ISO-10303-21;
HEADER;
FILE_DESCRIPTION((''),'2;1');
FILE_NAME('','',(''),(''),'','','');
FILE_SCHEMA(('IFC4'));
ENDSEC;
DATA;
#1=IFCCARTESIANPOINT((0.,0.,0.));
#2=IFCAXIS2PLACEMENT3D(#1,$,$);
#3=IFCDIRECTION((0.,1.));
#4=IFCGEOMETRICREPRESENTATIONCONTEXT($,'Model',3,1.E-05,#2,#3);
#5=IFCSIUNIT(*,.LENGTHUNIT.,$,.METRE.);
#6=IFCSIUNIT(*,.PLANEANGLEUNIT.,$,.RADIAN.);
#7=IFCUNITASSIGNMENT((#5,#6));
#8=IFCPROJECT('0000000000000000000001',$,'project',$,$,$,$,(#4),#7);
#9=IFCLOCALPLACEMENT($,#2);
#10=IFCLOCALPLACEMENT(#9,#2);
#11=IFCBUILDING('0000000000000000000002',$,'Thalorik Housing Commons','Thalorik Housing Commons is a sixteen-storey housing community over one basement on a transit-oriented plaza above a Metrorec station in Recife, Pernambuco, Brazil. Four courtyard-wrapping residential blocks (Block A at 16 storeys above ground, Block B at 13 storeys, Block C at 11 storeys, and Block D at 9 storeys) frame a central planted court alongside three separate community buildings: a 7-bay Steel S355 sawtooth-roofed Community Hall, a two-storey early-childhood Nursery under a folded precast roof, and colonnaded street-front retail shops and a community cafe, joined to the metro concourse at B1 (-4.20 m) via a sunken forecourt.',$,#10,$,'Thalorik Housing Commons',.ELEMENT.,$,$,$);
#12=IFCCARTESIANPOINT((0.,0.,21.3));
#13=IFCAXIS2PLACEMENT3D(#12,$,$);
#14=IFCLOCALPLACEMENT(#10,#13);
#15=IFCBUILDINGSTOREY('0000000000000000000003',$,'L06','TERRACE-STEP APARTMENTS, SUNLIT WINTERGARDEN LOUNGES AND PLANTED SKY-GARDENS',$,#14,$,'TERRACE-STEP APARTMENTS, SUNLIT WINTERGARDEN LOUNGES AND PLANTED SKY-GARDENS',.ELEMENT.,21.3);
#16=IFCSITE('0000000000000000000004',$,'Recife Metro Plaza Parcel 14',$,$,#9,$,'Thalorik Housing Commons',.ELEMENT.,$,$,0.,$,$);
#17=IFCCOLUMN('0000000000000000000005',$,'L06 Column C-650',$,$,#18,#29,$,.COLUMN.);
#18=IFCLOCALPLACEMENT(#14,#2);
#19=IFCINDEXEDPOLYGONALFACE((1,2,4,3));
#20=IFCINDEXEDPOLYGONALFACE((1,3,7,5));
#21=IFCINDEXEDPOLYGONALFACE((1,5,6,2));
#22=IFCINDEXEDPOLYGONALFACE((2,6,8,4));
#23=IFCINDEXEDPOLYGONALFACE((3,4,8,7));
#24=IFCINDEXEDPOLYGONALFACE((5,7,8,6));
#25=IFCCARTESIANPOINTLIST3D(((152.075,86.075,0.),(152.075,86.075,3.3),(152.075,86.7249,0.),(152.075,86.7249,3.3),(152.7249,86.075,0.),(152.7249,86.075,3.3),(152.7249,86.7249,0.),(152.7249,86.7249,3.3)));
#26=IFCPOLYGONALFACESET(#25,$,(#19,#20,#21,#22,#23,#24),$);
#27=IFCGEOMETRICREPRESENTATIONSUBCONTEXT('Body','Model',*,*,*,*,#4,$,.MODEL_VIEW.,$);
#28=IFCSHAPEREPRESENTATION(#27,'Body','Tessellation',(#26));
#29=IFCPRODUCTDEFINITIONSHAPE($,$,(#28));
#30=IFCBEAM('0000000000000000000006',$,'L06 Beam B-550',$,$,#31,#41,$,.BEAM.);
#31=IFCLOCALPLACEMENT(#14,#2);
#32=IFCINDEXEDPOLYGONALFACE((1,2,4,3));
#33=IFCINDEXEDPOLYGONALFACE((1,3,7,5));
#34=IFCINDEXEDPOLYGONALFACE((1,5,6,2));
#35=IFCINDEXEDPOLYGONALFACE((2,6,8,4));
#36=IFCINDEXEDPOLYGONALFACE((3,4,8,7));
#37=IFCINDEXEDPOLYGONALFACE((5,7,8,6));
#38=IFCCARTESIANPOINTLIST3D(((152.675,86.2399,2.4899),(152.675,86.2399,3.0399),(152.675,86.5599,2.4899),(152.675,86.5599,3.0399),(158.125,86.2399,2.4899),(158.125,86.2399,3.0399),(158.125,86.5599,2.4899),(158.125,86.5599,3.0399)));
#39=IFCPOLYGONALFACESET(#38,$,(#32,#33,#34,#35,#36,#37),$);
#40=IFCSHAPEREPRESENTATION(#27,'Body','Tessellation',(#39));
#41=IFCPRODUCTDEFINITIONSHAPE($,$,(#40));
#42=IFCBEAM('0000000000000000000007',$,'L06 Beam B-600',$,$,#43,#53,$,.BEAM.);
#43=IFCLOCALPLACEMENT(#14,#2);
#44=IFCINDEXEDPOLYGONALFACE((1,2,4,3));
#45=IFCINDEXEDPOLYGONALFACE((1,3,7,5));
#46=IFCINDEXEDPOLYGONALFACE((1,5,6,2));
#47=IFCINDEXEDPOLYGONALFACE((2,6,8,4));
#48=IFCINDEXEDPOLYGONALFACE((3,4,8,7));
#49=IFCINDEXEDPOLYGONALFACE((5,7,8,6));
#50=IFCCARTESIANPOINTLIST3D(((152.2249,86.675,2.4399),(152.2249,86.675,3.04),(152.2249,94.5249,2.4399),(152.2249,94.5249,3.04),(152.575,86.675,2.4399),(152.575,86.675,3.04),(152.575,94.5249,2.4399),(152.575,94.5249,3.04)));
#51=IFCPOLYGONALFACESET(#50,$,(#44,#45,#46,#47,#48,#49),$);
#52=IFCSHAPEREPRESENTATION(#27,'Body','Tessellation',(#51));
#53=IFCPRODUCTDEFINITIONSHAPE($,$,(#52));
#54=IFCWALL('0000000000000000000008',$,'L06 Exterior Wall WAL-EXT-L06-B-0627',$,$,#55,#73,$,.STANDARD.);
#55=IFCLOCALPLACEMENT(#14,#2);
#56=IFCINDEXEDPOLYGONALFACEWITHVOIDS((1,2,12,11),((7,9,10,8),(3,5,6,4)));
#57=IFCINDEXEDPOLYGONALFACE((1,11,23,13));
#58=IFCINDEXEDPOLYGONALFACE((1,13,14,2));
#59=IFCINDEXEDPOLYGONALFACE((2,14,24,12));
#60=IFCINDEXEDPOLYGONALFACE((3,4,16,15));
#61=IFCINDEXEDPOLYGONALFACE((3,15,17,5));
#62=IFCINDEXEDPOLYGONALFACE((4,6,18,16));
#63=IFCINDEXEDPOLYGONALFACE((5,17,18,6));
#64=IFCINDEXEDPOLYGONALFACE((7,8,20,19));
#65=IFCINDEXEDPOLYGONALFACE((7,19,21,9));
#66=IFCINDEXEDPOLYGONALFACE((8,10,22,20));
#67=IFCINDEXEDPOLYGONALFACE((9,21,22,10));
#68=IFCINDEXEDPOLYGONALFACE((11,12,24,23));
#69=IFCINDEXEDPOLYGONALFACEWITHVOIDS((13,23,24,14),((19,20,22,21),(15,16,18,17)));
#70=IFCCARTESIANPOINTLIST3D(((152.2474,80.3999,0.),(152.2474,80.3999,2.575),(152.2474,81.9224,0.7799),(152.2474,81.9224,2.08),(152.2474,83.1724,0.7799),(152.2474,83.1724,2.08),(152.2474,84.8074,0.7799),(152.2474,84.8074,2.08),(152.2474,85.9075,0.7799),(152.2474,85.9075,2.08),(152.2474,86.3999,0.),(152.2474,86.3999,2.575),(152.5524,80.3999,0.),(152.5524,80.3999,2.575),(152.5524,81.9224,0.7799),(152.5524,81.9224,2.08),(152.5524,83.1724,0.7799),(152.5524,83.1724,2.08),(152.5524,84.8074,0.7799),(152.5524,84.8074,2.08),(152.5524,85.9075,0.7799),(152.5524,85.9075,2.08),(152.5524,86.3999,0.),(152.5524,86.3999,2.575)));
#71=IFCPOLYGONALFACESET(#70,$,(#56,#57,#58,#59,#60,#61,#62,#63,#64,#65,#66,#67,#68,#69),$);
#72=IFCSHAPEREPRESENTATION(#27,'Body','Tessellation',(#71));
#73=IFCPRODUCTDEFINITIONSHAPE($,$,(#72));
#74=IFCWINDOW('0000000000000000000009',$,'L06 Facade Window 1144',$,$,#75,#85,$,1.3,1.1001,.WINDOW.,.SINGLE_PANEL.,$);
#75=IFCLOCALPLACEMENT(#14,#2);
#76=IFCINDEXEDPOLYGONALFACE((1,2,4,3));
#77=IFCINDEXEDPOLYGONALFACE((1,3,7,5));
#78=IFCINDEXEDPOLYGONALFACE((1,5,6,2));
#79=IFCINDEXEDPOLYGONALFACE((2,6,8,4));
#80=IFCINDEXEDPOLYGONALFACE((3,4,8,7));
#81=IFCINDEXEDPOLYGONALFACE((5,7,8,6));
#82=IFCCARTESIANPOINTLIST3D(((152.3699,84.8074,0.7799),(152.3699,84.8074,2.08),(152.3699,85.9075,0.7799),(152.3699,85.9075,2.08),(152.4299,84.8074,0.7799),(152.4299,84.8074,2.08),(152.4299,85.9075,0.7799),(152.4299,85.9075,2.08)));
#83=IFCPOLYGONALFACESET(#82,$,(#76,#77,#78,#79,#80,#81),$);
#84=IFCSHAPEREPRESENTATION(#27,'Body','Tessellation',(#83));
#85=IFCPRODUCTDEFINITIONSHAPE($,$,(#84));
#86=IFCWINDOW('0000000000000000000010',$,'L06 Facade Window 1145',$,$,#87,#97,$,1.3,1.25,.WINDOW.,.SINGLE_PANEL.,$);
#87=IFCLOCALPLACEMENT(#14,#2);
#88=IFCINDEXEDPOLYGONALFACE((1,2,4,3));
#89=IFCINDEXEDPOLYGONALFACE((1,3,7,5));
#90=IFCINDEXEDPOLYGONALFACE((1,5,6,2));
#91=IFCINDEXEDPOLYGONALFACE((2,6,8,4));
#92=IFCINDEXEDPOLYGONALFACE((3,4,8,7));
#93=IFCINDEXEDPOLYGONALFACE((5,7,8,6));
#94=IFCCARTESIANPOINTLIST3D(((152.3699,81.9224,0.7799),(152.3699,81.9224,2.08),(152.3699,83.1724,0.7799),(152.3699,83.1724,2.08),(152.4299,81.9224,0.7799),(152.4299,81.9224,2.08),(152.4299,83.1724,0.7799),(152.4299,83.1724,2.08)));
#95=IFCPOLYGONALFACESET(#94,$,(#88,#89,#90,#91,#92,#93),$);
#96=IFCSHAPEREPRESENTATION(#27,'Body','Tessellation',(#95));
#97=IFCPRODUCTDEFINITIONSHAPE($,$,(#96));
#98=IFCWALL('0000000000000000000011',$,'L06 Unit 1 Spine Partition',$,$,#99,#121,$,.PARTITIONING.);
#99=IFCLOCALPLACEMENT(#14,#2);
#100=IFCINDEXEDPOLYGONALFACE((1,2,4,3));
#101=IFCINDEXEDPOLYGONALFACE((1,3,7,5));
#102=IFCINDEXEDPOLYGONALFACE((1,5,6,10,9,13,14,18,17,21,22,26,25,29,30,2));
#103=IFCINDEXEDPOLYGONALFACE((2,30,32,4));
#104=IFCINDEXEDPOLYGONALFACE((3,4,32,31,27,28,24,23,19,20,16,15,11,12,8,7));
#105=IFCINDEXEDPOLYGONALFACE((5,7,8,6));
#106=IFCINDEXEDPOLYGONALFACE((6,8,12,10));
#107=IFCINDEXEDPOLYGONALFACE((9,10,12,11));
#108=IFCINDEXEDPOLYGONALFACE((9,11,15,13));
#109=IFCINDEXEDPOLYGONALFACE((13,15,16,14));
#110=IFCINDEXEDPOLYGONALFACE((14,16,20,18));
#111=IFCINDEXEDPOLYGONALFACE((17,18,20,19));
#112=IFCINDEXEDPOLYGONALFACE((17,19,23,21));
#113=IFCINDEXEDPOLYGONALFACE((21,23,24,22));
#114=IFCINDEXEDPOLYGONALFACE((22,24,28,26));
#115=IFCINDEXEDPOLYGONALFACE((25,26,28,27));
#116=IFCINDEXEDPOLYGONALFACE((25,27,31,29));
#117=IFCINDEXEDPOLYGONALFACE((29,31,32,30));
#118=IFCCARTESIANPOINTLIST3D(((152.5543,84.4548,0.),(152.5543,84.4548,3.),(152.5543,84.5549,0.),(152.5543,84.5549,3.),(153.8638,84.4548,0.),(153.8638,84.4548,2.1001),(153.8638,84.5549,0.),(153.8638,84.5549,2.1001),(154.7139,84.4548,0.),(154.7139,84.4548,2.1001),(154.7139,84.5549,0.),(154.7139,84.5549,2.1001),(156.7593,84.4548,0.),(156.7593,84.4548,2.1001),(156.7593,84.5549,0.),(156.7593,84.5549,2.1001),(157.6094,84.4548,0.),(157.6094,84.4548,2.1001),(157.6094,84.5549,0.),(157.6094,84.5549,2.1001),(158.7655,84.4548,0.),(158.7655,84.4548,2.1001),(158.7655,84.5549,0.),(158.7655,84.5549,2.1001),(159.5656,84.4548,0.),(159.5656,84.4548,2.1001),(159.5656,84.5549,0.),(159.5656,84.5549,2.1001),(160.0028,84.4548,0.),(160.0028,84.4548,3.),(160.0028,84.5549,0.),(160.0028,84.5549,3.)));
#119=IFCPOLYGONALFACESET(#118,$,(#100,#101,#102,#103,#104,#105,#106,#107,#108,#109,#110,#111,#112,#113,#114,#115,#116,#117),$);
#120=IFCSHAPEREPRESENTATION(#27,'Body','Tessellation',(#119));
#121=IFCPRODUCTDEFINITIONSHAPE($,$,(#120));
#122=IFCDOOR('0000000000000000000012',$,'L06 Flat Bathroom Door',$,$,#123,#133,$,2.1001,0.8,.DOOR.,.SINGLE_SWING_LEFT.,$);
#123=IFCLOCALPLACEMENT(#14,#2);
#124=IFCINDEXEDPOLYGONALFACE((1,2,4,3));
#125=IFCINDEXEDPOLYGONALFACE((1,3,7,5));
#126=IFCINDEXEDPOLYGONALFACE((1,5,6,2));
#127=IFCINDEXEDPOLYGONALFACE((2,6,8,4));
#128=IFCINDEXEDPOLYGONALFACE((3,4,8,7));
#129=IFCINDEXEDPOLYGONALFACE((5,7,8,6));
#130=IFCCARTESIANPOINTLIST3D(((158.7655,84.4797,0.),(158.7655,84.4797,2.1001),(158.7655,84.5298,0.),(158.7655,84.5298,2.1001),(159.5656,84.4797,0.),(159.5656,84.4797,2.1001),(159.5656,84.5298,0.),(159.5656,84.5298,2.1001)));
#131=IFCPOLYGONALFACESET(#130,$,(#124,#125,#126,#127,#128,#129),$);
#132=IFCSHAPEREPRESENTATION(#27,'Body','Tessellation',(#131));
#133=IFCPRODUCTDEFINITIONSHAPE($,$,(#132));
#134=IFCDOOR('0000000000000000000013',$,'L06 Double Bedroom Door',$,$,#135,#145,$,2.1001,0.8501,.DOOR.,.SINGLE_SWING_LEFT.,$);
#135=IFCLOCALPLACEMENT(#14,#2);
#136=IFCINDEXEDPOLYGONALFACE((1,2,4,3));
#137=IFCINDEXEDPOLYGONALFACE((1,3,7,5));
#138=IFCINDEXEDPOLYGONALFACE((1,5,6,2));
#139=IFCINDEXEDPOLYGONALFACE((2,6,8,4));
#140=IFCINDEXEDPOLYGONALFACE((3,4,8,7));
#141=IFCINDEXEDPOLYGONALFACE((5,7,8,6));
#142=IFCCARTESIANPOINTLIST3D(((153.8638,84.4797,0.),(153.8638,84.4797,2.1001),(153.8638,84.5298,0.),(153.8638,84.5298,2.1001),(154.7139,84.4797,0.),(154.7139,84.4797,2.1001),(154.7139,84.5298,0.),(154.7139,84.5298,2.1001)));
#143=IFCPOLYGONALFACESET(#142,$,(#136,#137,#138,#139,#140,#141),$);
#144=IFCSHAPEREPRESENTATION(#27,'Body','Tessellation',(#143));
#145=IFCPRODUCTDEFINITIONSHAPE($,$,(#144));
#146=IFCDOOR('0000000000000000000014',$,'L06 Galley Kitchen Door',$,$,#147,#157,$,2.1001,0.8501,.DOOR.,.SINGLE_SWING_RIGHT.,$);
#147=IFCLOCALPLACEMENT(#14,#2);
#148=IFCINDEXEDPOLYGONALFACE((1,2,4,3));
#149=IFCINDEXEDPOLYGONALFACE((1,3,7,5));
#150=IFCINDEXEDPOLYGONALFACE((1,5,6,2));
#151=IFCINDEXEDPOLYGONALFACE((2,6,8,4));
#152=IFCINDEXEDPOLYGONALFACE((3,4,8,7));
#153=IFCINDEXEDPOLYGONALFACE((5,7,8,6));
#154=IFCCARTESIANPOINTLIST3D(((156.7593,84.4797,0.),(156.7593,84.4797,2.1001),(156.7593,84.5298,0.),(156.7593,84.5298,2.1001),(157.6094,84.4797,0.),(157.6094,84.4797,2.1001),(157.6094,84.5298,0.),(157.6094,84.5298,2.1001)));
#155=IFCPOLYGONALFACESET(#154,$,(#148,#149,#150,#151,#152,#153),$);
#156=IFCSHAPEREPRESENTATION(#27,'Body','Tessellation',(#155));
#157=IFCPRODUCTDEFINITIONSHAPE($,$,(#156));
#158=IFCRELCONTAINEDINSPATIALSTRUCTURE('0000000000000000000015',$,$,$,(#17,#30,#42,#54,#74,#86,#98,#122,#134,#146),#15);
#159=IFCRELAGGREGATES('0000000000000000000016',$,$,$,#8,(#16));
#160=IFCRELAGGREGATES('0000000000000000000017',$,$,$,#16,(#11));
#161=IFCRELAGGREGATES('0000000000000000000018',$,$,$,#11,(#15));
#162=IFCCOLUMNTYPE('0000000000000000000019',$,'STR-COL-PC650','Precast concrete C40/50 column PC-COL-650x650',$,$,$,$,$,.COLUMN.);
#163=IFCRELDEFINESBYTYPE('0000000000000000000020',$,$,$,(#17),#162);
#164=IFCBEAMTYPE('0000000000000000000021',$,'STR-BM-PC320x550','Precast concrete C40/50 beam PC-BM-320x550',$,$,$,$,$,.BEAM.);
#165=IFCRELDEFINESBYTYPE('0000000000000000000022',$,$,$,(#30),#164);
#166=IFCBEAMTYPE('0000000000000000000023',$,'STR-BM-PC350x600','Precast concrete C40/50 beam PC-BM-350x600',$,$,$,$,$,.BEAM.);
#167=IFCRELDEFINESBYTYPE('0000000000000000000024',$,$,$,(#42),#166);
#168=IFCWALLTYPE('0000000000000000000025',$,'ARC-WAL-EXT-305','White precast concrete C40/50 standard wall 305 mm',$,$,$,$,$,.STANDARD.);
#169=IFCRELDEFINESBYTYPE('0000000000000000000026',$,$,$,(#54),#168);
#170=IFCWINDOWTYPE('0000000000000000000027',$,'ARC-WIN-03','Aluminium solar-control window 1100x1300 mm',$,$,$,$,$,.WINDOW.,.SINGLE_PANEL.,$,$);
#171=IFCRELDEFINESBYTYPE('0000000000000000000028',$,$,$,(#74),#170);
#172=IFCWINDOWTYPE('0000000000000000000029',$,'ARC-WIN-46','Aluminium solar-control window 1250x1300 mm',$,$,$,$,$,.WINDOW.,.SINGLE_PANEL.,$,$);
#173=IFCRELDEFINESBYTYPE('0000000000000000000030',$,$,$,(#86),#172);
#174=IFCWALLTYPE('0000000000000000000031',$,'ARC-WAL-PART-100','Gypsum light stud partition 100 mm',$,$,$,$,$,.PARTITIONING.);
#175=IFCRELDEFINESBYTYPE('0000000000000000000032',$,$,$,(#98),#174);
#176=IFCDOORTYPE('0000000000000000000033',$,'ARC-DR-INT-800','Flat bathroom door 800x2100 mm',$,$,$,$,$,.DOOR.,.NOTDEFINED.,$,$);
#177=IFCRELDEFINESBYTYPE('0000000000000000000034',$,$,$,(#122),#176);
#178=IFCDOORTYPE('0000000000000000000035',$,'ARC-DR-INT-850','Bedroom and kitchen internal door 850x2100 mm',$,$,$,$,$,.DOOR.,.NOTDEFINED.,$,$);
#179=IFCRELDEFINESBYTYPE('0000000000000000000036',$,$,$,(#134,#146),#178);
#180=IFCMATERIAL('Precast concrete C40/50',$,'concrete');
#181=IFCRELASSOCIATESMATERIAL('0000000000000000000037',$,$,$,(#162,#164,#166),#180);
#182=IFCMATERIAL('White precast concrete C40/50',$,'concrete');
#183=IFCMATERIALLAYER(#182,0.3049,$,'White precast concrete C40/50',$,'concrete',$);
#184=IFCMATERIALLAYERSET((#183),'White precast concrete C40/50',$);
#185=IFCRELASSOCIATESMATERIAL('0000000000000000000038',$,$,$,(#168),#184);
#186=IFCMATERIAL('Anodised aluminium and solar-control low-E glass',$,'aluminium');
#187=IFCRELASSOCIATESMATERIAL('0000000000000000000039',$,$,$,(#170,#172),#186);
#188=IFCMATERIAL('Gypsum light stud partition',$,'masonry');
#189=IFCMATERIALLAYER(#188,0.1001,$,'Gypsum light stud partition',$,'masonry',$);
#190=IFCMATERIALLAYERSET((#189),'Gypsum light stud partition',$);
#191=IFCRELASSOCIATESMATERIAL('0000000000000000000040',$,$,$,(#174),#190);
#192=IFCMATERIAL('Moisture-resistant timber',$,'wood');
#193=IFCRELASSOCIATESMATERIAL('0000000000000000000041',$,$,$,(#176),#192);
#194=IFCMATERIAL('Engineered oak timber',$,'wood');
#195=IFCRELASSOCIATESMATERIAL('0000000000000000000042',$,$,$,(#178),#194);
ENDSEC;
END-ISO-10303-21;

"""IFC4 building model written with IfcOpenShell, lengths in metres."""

from ifc_helpers import new_model, si_unit, direction, frame, frame_2d, origin, origin_2d, place, context, subcontext, project, spatial, rectangle, extrude, material, layer, layer_set, material_profile, profile_set, type_object, element, fill, save


model = new_model("IFC4")

# Units and contexts
model_context = context("Model", 3, precision=1e-05, world=origin(), true_north=direction((0.0, 1.0)))
body_context = subcontext(model_context, "Body", "Model", "MODEL_VIEW")
ifc_project = project(units=[si_unit("LENGTHUNIT", "METRE"), si_unit("PLANEANGLEUNIT", "RADIAN")], contexts=[model_context])

# Site, building, storey
site_placement = place(None, origin())
site = spatial("IfcSite", under=ifc_project, at=site_placement, Name="Recife Metro Plaza Parcel 14", LongName="Thalorik Housing Commons", CompositionType="ELEMENT", RefElevation=0.0)
building_placement = place(site_placement, origin())
building = spatial("IfcBuilding", under=site, at=building_placement, Name="Thalorik Housing Commons", Description="Thalorik Housing Commons is a sixteen-storey housing community over one basement on a transit-oriented plaza above a Metrorec station in Recife, Pernambuco, Brazil. Four courtyard-wrapping residential blocks (Block A at 16 storeys above ground, Block B at 13 storeys, Block C at 11 storeys, and Block D at 9 storeys) frame a central planted court alongside three separate community buildings: a 7-bay Steel S355 sawtooth-roofed Community Hall, a two-storey early-childhood Nursery under a folded precast roof, and colonnaded street-front retail shops and a community cafe, joined to the metro concourse at B1 (-4.20 m) via a sunken forecourt.", LongName="Thalorik Housing Commons", CompositionType="ELEMENT")
storey_placement = place(building_placement, frame((0.0, 0.0, 21.3)))
storey = spatial("IfcBuildingStorey", under=building, at=storey_placement, Name="L06", Description="TERRACE-STEP APARTMENTS, SUNLIT WINTERGARDEN LOUNGES AND PLANTED SKY-GARDENS", LongName="TERRACE-STEP APARTMENTS, SUNLIT WINTERGARDEN LOUNGES AND PLANTED SKY-GARDENS", CompositionType="ELEMENT", Elevation=21.3)

# Column
ifc_material_1 = material(Name="Precast concrete C40/50", Category="concrete")
ifc_material_profile_1 = material_profile(ifc_material_1, rectangle(XDim=0.6499, YDim=0.6499, at=origin_2d()), Name="PC 650x650", Category="concrete")
ifc_profile_set_1 = profile_set([ifc_material_profile_1], Name="Precast concrete C40/50")
column_type = type_object("IfcColumnType", Name="STR-COL-PC650", Description="Precast concrete C40/50 column PC-COL-650x650", PredefinedType="COLUMN", material=ifc_profile_set_1)
column_placement = place(storey_placement, frame((152.3999, 86.3999, 0.0), z_axis=(0.0, 0.0, 1.0), x_axis=(1.0, 0.0, 0.0)))
element("IfcColumn", 1, at=column_placement, inside=storey, type_object=column_type, Name="L06 Column C-650", PredefinedType="COLUMN", context=body_context, shape_type="SweptSolid", body=[
    extrude(rectangle(XDim=0.6499, YDim=0.6499, at=origin_2d()), origin(), (0.0, 0.0, 1.0), 3.3),
])

# Beams
ifc_material_profile_2 = material_profile(ifc_material_1, rectangle(XDim=0.3201, YDim=0.55, at=origin_2d()), Name="PC 320x550", Category="concrete")
ifc_profile_set_2 = profile_set([ifc_material_profile_2], Name="Precast concrete C40/50")
beam_type_1 = type_object("IfcBeamType", Name="STR-BM-PC320x550", Description="Precast concrete C40/50 beam PC-BM-320x550", PredefinedType="BEAM", material=ifc_profile_set_2)
beam_1_placement = place(storey_placement, frame((152.675, 86.3999, 2.7649), z_axis=(1.0, 0.0, 0.0), x_axis=(0.0, 1.0, 0.0)))
element("IfcBeam", 2, at=beam_1_placement, inside=storey, type_object=beam_type_1, Name="L06 Beam B-550", PredefinedType="BEAM", context=body_context, shape_type="SweptSolid", body=[
    extrude(rectangle(XDim=0.3201, YDim=0.55, at=origin_2d()), origin(), (0.0, 0.0, 1.0), 5.45),
])
ifc_material_profile_3 = material_profile(ifc_material_1, rectangle(XDim=0.3501, YDim=0.6001, at=origin_2d()), Name="PC 350x600", Category="concrete")
ifc_profile_set_3 = profile_set([ifc_material_profile_3], Name="Precast concrete C40/50")
beam_type_2 = type_object("IfcBeamType", Name="STR-BM-PC350x600", Description="Precast concrete C40/50 beam PC-BM-350x600", PredefinedType="BEAM", material=ifc_profile_set_3)
beam_2_placement = place(storey_placement, frame((152.3999, 86.675, 2.74), z_axis=(0.0, 1.0, 0.0), x_axis=(-1.0, 0.0, 0.0)))
element("IfcBeam", 3, at=beam_2_placement, inside=storey, type_object=beam_type_2, Name="L06 Beam B-600", PredefinedType="BEAM", context=body_context, shape_type="SweptSolid", body=[
    extrude(rectangle(XDim=0.3501, YDim=0.6001, at=origin_2d()), origin(), (0.0, 0.0, 1.0), 7.8499),
])

# Wall, openings, windows
ifc_material_2 = material(Name="White precast concrete C40/50", Category="concrete")
ifc_layer_1 = layer(ifc_material_2, 0.3049, Name="White precast concrete C40/50", Category="concrete")
ifc_layer_set_1 = layer_set([ifc_layer_1], Name="White precast concrete C40/50")
wall_type_1 = type_object("IfcWallType", Name="ARC-WAL-EXT-305", Description="White precast concrete C40/50 standard wall 305 mm", PredefinedType="STANDARD", material=ifc_layer_set_1)
wall_1_placement = place(storey_placement, frame((152.3999, 86.3999, 0.0), z_axis=(0.0, 0.0, 1.0), x_axis=(0.0, -1.0, 0.0)))
wall_1 = element("IfcWall", 4, at=wall_1_placement, inside=storey, type_object=wall_type_1, Name="L06 Exterior Wall WAL-EXT-L06-B-0627", PredefinedType="STANDARD", context=body_context, shape_type="SweptSolid", body=[
    extrude(rectangle(XDim=6.0, YDim=0.3049, at=frame_2d((3.0, 0.0))), origin(), (0.0, 0.0, 1.0), 2.575),
])
opening_1_placement = place(wall_1_placement, frame((0.4924, 0.0, 0.78)))
opening_1 = element("IfcOpeningElement", 5, at=opening_1_placement, cuts=wall_1, PredefinedType="OPENING", context=body_context, shape_type="SweptSolid", body=[
    extrude(rectangle(XDim=1.1001, YDim=1.3, at=frame_2d((0.55, 0.6499))), frame((0.0, 0.1626, 0.0), z_axis=(0.0, -1.0, 0.0), x_axis=(1.0, 0.0, 0.0)), (0.0, 0.0, 1.0), 0.325),
])
opening_2_placement = place(wall_1_placement, frame((3.2275, 0.0, 0.78)))
opening_2 = element("IfcOpeningElement", 6, at=opening_2_placement, cuts=wall_1, PredefinedType="OPENING", context=body_context, shape_type="SweptSolid", body=[
    extrude(rectangle(XDim=1.25, YDim=1.3, at=frame_2d((0.625, 0.6499))), frame((0.0, 0.1626, 0.0), z_axis=(0.0, -1.0, 0.0), x_axis=(1.0, 0.0, 0.0)), (0.0, 0.0, 1.0), 0.325),
])
ifc_material_3 = material(Name="Anodised aluminium and solar-control low-E glass", Category="aluminium")
window_type_1 = type_object("IfcWindowType", Name="ARC-WIN-03", Description="Aluminium solar-control window 1100x1300 mm", PartitioningType="SINGLE_PANEL", PredefinedType="WINDOW", material=ifc_material_3)
window_1_placement = place(opening_1_placement, origin())
window_1 = element("IfcWindow", 7, at=window_1_placement, inside=storey, type_object=window_type_1, Name="L06 Facade Window 1144", OverallHeight=1.3, OverallWidth=1.1001, PartitioningType="SINGLE_PANEL", PredefinedType="WINDOW", context=body_context, shape_type="SweptSolid", body=[
    extrude(rectangle(XDim=1.1001, YDim=1.3, at=frame_2d((0.55, 0.6499))), frame((0.0, 0.03, 0.0), z_axis=(0.0, -1.0, 0.0), x_axis=(1.0, 0.0, 0.0)), (0.0, 0.0, 1.0), 0.0601),
])
fill(opening_1, window_1)
window_type_2 = type_object("IfcWindowType", Name="ARC-WIN-46", Description="Aluminium solar-control window 1250x1300 mm", PartitioningType="SINGLE_PANEL", PredefinedType="WINDOW", material=ifc_material_3)
window_2_placement = place(opening_2_placement, origin())
window_2 = element("IfcWindow", 8, at=window_2_placement, inside=storey, type_object=window_type_2, Name="L06 Facade Window 1145", OverallHeight=1.3, OverallWidth=1.25, PartitioningType="SINGLE_PANEL", PredefinedType="WINDOW", context=body_context, shape_type="SweptSolid", body=[
    extrude(rectangle(XDim=1.25, YDim=1.3, at=frame_2d((0.625, 0.6499))), frame((0.0, 0.03, 0.0), z_axis=(0.0, -1.0, 0.0), x_axis=(1.0, 0.0, 0.0)), (0.0, 0.0, 1.0), 0.0601),
])
fill(opening_2, window_2)

# Wall, openings, doors
ifc_material_4 = material(Name="Gypsum light stud partition", Category="masonry")
ifc_layer_2 = layer(ifc_material_4, 0.1001, Name="Gypsum light stud partition", Category="masonry")
ifc_layer_set_2 = layer_set([ifc_layer_2], Name="Gypsum light stud partition")
wall_type_2 = type_object("IfcWallType", Name="ARC-WAL-PART-100", Description="Gypsum light stud partition 100 mm", PredefinedType="PARTITIONING", material=ifc_layer_set_2)
wall_2_placement = place(storey_placement, frame((152.5544, 84.5049, 0.0), z_axis=(0.0, 0.0, 1.0), x_axis=(1.0, 0.0, 0.0)))
wall_2 = element("IfcWall", 9, at=wall_2_placement, inside=storey, type_object=wall_type_2, Name="L06 Unit 1 Spine Partition", PredefinedType="PARTITIONING", context=body_context, shape_type="SweptSolid", body=[
    extrude(rectangle(XDim=7.4485, YDim=0.1001, at=frame_2d((3.7241, 0.0))), origin(), (0.0, 0.0, 1.0), 3.0),
])
opening_3_placement = place(wall_2_placement, frame((1.3093, 0.0, 0.0)))
opening_3 = element("IfcOpeningElement", 10, at=opening_3_placement, cuts=wall_2, PredefinedType="OPENING", context=body_context, shape_type="SweptSolid", body=[
    extrude(rectangle(XDim=0.8501, YDim=2.1001, at=frame_2d((0.425, 1.05))), frame((0.0, 0.0601, 0.0), z_axis=(0.0, -1.0, 0.0), x_axis=(1.0, 0.0, 0.0)), (0.0, 0.0, 1.0), 0.1201),
])
opening_4_placement = place(wall_2_placement, frame((4.2048, 0.0, 0.0)))
opening_4 = element("IfcOpeningElement", 11, at=opening_4_placement, cuts=wall_2, PredefinedType="OPENING", context=body_context, shape_type="SweptSolid", body=[
    extrude(rectangle(XDim=0.8501, YDim=2.1001, at=frame_2d((0.425, 1.05))), frame((0.0, 0.0601, 0.0), z_axis=(0.0, -1.0, 0.0), x_axis=(1.0, 0.0, 0.0)), (0.0, 0.0, 1.0), 0.1201),
])
opening_5_placement = place(wall_2_placement, frame((6.2112, 0.0, 0.0)))
opening_5 = element("IfcOpeningElement", 12, at=opening_5_placement, cuts=wall_2, PredefinedType="OPENING", context=body_context, shape_type="SweptSolid", body=[
    extrude(rectangle(XDim=0.8, YDim=2.1001, at=frame_2d((0.3999, 1.05))), frame((0.0, 0.0601, 0.0), z_axis=(0.0, -1.0, 0.0), x_axis=(1.0, 0.0, 0.0)), (0.0, 0.0, 1.0), 0.1201),
])
ifc_material_5 = material(Name="Moisture-resistant timber", Category="wood")
door_type_1 = type_object("IfcDoorType", Name="ARC-DR-INT-800", Description="Flat bathroom door 800x2100 mm", OperationType="NOTDEFINED", PredefinedType="DOOR", material=ifc_material_5)
door_1_placement = place(opening_5_placement, origin())
door_1 = element("IfcDoor", 13, at=door_1_placement, inside=storey, type_object=door_type_1, Name="L06 Flat Bathroom Door", OperationType="SINGLE_SWING_LEFT", OverallHeight=2.1001, OverallWidth=0.8, PredefinedType="DOOR", context=body_context, shape_type="SweptSolid", body=[
    extrude(rectangle(XDim=0.8, YDim=2.1001, at=frame_2d((0.3999, 1.05))), frame((0.0, 0.0249, 0.0), z_axis=(0.0, -1.0, 0.0), x_axis=(1.0, 0.0, 0.0)), (0.0, 0.0, 1.0), 0.05),
])
fill(opening_5, door_1)
ifc_material_6 = material(Name="Engineered oak timber", Category="wood")
door_type_2 = type_object("IfcDoorType", Name="ARC-DR-INT-850", Description="Bedroom and kitchen internal door 850x2100 mm", OperationType="NOTDEFINED", PredefinedType="DOOR", material=ifc_material_6)
door_2_placement = place(opening_3_placement, origin())
door_2 = element("IfcDoor", 14, at=door_2_placement, inside=storey, type_object=door_type_2, Name="L06 Double Bedroom Door", OperationType="SINGLE_SWING_LEFT", OverallHeight=2.1001, OverallWidth=0.8501, PredefinedType="DOOR", context=body_context, shape_type="SweptSolid", body=[
    extrude(rectangle(XDim=0.8501, YDim=2.1001, at=frame_2d((0.425, 1.05))), frame((0.0, 0.0249, 0.0), z_axis=(0.0, -1.0, 0.0), x_axis=(1.0, 0.0, 0.0)), (0.0, 0.0, 1.0), 0.05),
])
fill(opening_3, door_2)
door_3_placement = place(opening_4_placement, origin())
door_3 = element("IfcDoor", 15, at=door_3_placement, inside=storey, type_object=door_type_2, Name="L06 Galley Kitchen Door", OperationType="SINGLE_SWING_RIGHT", OverallHeight=2.1001, OverallWidth=0.8501, PredefinedType="DOOR", context=body_context, shape_type="SweptSolid", body=[
    extrude(rectangle(XDim=0.8501, YDim=2.1001, at=frame_2d((0.425, 1.05))), frame((0.0, 0.0249, 0.0), z_axis=(0.0, -1.0, 0.0), x_axis=(1.0, 0.0, 0.0)), (0.0, 0.0, 1.0), 0.05),
])
fill(opening_4, door_3)

save(model, "model.ifc")
